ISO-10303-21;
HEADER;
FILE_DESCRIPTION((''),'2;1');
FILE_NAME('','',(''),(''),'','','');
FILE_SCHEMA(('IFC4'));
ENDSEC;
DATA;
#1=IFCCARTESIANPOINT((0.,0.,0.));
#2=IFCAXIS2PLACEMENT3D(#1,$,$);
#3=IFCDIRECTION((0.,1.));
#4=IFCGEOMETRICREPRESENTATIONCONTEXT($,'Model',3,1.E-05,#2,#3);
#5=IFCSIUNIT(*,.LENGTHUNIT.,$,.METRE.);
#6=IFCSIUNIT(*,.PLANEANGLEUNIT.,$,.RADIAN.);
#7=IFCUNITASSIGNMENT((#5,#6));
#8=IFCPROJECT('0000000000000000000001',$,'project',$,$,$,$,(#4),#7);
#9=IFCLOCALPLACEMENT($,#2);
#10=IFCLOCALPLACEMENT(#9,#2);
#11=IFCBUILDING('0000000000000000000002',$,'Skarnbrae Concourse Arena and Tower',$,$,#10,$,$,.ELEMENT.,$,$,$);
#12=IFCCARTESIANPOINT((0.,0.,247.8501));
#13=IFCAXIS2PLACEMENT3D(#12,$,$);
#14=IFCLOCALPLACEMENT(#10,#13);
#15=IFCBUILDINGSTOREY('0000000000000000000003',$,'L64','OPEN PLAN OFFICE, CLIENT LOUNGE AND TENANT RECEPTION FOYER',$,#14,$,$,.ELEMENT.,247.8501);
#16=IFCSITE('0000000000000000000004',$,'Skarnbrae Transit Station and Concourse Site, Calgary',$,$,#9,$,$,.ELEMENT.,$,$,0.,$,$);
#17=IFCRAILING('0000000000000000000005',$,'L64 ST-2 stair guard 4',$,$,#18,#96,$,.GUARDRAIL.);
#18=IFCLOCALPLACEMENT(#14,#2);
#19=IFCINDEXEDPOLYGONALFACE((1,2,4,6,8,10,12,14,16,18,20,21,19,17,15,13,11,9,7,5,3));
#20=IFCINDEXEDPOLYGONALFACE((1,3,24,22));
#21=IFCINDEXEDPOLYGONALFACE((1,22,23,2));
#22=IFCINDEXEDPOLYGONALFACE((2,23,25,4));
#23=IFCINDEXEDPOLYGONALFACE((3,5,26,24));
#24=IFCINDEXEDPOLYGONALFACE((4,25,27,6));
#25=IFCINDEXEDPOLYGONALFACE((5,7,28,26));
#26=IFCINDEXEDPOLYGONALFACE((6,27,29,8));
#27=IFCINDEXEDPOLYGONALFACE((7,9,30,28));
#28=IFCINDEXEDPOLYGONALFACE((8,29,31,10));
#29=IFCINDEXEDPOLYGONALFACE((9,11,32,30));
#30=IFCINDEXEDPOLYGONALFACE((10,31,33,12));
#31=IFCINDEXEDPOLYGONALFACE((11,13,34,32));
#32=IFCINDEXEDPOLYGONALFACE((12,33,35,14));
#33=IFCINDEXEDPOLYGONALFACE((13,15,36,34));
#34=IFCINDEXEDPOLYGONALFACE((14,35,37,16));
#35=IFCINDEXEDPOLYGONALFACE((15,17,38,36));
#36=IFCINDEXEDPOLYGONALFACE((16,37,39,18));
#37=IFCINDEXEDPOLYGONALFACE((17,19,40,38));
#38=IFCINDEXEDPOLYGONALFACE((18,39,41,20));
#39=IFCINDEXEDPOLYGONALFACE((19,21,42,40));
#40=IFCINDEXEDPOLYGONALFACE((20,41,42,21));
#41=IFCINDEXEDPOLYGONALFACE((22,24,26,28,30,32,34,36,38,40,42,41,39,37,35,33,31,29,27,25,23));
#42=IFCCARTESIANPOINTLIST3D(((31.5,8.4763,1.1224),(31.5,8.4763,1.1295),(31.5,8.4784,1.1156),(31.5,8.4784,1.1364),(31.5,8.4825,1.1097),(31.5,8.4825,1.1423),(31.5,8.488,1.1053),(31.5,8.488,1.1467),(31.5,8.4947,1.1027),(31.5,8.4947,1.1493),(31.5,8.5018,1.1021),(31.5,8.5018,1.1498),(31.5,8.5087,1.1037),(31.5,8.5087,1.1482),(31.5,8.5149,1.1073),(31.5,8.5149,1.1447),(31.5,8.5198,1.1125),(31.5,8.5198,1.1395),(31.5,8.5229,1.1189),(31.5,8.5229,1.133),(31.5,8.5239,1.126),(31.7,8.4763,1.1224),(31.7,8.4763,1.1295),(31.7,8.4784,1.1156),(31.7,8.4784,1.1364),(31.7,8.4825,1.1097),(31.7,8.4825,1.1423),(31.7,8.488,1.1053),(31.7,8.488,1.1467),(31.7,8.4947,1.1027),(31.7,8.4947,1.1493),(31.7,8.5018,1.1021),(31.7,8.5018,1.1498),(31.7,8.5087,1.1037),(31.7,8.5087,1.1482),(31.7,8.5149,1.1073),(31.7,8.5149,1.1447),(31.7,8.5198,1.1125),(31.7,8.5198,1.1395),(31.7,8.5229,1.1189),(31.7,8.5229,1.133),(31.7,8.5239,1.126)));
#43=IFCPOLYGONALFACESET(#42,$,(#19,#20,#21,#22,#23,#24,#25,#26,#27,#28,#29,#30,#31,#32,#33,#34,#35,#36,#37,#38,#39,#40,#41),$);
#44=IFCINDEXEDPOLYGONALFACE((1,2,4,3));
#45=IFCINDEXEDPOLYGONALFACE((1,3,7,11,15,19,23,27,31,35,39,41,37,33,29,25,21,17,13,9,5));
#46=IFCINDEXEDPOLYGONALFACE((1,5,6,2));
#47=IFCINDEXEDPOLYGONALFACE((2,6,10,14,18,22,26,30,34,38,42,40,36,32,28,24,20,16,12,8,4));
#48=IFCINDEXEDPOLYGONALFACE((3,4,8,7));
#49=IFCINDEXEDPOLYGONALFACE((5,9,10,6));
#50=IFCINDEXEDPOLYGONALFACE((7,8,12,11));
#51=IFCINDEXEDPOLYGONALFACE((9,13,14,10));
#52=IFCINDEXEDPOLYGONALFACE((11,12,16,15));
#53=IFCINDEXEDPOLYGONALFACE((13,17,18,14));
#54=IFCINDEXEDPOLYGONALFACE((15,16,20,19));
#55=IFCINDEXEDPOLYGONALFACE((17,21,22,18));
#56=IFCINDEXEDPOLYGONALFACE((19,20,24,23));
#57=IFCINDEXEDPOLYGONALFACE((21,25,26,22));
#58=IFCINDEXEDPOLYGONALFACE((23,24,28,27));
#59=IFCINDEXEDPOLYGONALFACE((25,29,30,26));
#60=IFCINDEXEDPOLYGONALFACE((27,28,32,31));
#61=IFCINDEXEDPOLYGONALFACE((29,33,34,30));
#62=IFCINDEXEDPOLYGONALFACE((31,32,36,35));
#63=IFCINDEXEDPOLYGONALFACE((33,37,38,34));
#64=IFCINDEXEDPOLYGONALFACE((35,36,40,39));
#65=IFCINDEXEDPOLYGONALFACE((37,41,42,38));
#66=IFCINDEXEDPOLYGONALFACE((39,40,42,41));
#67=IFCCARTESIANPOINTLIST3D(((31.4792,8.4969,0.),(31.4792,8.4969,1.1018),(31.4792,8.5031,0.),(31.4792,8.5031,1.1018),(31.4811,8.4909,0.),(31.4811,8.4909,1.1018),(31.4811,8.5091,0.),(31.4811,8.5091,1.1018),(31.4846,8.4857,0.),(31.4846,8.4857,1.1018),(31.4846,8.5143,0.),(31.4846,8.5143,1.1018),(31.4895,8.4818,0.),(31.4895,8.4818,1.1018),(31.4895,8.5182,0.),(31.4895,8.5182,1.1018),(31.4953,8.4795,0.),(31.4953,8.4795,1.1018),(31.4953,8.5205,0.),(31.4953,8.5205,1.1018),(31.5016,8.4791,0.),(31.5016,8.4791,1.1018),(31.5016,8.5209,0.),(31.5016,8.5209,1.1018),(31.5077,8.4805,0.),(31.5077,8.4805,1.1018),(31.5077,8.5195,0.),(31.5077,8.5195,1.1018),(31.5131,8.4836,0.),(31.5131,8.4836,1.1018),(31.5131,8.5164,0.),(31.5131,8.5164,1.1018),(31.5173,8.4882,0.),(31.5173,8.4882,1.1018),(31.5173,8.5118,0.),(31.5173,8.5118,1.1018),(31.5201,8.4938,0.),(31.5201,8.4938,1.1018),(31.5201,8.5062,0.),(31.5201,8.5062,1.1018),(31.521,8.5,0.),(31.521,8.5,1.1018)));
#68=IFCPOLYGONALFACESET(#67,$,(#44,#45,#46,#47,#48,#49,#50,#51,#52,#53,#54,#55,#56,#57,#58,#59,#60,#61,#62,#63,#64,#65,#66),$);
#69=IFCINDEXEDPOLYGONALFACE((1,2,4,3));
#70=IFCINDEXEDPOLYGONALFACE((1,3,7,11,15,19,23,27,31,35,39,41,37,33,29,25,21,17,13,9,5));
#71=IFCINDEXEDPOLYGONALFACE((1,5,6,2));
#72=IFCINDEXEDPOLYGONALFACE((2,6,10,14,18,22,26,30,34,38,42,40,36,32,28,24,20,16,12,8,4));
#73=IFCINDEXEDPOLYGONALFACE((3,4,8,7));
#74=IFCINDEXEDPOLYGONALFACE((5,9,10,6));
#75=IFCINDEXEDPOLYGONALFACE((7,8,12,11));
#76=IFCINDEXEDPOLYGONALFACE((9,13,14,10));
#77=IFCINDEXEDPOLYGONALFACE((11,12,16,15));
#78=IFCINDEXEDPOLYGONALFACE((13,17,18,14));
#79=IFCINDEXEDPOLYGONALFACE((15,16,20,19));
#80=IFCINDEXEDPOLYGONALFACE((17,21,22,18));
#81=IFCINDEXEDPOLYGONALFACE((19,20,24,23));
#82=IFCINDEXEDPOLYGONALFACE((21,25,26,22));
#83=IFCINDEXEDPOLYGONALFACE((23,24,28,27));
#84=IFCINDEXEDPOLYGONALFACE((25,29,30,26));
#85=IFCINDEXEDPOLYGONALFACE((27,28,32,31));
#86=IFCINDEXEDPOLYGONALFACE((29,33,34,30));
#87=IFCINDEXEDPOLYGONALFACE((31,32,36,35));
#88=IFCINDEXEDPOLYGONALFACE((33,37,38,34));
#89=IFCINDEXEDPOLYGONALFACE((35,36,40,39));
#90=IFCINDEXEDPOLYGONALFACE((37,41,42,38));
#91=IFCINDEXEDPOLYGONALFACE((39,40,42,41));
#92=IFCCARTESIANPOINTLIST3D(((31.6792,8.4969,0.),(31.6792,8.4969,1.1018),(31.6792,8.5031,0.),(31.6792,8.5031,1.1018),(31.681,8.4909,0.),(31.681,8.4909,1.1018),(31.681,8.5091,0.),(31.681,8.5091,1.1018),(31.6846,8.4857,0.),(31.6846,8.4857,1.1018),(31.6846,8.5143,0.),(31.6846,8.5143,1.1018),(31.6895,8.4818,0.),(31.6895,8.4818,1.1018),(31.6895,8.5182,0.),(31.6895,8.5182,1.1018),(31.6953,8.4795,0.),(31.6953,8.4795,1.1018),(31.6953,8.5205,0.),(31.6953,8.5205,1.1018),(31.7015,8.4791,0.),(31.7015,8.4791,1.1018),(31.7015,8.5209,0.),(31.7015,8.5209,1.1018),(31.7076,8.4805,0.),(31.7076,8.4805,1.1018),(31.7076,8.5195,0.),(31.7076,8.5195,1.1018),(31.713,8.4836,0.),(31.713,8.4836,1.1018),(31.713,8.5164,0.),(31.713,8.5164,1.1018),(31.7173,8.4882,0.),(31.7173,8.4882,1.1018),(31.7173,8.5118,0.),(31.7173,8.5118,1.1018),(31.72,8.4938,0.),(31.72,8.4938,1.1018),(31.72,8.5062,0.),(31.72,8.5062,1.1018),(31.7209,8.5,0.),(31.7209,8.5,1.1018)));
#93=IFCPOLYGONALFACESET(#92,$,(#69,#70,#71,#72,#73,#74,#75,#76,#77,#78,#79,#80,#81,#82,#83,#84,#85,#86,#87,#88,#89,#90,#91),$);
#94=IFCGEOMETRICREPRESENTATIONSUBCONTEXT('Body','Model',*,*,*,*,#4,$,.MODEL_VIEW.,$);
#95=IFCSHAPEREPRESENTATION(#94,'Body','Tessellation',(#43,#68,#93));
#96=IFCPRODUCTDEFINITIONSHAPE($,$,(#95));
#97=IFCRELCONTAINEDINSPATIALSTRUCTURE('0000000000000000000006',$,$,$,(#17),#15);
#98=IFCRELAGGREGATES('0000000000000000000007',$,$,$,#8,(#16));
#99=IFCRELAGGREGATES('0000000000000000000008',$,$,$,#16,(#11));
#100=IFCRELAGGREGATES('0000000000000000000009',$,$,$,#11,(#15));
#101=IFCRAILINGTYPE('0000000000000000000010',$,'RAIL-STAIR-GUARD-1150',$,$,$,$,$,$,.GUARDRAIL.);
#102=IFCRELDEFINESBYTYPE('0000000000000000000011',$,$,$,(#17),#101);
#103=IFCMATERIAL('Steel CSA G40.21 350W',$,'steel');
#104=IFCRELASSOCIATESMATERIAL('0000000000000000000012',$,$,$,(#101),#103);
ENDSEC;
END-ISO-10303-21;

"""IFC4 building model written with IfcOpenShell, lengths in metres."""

from ifc_helpers import new_model, si_unit, direction, frame, origin, origin_2d, place, context, subcontext, project, spatial, circle, extrude, material, type_object, element, save


model = new_model("IFC4")

# Units and contexts
model_context = context("Model", 3, precision=1e-05, world=origin(), true_north=direction((0.0, 1.0)))
body_context = subcontext(model_context, "Body", "Model", "MODEL_VIEW")
ifc_project = project(units=[si_unit("LENGTHUNIT", "METRE"), si_unit("PLANEANGLEUNIT", "RADIAN")], contexts=[model_context])

# Site, building, storey
site_placement = place(None, origin())
site = spatial("IfcSite", under=ifc_project, at=site_placement, Name="Skarnbrae Transit Station and Concourse Site, Calgary", CompositionType="ELEMENT", RefElevation=0.0)
building_placement = place(site_placement, origin())
building = spatial("IfcBuilding", under=site, at=building_placement, Name="Skarnbrae Concourse Arena and Tower", CompositionType="ELEMENT")
storey_placement = place(building_placement, frame((0.0, 0.0, 247.8501)))
storey = spatial("IfcBuildingStorey", under=building, at=storey_placement, Name="L64", Description="OPEN PLAN OFFICE, CLIENT LOUNGE AND TENANT RECEPTION FOYER", CompositionType="ELEMENT", Elevation=247.8501)

# Shared definitions
ifc_material_1 = material(Name="Steel CSA G40.21 350W", Category="steel")

# Railing
railing_type = type_object("IfcRailingType", Name="RAIL-STAIR-GUARD-1150", PredefinedType="GUARDRAIL", material=ifc_material_1)
railing_1_placement = place(storey_placement, frame((31.5, 8.5, 0.0)))
element("IfcRailing", 1, at=railing_1_placement, inside=storey, type_object=railing_type, Name="L64 ST-2 stair guard 4", PredefinedType="GUARDRAIL", context=body_context, shape_type="SweptSolid", body=[
    extrude(circle(Radius=0.0239, at=origin_2d()), frame((0.0, 0.0, 1.126), z_axis=(1.0, 0.0, 0.0), x_axis=(0.0, 1.0, 0.0)), (0.0, 0.0, 1.0), 0.2),
    extrude(circle(Radius=0.021, at=origin_2d()), origin(), (0.0, 0.0, 1.0), 1.1018),
    extrude(circle(Radius=0.021, at=origin_2d()), frame((0.2, 0.0, 0.0)), (0.0, 0.0, 1.0), 1.1018),
])

save(model, "model.ifc")
